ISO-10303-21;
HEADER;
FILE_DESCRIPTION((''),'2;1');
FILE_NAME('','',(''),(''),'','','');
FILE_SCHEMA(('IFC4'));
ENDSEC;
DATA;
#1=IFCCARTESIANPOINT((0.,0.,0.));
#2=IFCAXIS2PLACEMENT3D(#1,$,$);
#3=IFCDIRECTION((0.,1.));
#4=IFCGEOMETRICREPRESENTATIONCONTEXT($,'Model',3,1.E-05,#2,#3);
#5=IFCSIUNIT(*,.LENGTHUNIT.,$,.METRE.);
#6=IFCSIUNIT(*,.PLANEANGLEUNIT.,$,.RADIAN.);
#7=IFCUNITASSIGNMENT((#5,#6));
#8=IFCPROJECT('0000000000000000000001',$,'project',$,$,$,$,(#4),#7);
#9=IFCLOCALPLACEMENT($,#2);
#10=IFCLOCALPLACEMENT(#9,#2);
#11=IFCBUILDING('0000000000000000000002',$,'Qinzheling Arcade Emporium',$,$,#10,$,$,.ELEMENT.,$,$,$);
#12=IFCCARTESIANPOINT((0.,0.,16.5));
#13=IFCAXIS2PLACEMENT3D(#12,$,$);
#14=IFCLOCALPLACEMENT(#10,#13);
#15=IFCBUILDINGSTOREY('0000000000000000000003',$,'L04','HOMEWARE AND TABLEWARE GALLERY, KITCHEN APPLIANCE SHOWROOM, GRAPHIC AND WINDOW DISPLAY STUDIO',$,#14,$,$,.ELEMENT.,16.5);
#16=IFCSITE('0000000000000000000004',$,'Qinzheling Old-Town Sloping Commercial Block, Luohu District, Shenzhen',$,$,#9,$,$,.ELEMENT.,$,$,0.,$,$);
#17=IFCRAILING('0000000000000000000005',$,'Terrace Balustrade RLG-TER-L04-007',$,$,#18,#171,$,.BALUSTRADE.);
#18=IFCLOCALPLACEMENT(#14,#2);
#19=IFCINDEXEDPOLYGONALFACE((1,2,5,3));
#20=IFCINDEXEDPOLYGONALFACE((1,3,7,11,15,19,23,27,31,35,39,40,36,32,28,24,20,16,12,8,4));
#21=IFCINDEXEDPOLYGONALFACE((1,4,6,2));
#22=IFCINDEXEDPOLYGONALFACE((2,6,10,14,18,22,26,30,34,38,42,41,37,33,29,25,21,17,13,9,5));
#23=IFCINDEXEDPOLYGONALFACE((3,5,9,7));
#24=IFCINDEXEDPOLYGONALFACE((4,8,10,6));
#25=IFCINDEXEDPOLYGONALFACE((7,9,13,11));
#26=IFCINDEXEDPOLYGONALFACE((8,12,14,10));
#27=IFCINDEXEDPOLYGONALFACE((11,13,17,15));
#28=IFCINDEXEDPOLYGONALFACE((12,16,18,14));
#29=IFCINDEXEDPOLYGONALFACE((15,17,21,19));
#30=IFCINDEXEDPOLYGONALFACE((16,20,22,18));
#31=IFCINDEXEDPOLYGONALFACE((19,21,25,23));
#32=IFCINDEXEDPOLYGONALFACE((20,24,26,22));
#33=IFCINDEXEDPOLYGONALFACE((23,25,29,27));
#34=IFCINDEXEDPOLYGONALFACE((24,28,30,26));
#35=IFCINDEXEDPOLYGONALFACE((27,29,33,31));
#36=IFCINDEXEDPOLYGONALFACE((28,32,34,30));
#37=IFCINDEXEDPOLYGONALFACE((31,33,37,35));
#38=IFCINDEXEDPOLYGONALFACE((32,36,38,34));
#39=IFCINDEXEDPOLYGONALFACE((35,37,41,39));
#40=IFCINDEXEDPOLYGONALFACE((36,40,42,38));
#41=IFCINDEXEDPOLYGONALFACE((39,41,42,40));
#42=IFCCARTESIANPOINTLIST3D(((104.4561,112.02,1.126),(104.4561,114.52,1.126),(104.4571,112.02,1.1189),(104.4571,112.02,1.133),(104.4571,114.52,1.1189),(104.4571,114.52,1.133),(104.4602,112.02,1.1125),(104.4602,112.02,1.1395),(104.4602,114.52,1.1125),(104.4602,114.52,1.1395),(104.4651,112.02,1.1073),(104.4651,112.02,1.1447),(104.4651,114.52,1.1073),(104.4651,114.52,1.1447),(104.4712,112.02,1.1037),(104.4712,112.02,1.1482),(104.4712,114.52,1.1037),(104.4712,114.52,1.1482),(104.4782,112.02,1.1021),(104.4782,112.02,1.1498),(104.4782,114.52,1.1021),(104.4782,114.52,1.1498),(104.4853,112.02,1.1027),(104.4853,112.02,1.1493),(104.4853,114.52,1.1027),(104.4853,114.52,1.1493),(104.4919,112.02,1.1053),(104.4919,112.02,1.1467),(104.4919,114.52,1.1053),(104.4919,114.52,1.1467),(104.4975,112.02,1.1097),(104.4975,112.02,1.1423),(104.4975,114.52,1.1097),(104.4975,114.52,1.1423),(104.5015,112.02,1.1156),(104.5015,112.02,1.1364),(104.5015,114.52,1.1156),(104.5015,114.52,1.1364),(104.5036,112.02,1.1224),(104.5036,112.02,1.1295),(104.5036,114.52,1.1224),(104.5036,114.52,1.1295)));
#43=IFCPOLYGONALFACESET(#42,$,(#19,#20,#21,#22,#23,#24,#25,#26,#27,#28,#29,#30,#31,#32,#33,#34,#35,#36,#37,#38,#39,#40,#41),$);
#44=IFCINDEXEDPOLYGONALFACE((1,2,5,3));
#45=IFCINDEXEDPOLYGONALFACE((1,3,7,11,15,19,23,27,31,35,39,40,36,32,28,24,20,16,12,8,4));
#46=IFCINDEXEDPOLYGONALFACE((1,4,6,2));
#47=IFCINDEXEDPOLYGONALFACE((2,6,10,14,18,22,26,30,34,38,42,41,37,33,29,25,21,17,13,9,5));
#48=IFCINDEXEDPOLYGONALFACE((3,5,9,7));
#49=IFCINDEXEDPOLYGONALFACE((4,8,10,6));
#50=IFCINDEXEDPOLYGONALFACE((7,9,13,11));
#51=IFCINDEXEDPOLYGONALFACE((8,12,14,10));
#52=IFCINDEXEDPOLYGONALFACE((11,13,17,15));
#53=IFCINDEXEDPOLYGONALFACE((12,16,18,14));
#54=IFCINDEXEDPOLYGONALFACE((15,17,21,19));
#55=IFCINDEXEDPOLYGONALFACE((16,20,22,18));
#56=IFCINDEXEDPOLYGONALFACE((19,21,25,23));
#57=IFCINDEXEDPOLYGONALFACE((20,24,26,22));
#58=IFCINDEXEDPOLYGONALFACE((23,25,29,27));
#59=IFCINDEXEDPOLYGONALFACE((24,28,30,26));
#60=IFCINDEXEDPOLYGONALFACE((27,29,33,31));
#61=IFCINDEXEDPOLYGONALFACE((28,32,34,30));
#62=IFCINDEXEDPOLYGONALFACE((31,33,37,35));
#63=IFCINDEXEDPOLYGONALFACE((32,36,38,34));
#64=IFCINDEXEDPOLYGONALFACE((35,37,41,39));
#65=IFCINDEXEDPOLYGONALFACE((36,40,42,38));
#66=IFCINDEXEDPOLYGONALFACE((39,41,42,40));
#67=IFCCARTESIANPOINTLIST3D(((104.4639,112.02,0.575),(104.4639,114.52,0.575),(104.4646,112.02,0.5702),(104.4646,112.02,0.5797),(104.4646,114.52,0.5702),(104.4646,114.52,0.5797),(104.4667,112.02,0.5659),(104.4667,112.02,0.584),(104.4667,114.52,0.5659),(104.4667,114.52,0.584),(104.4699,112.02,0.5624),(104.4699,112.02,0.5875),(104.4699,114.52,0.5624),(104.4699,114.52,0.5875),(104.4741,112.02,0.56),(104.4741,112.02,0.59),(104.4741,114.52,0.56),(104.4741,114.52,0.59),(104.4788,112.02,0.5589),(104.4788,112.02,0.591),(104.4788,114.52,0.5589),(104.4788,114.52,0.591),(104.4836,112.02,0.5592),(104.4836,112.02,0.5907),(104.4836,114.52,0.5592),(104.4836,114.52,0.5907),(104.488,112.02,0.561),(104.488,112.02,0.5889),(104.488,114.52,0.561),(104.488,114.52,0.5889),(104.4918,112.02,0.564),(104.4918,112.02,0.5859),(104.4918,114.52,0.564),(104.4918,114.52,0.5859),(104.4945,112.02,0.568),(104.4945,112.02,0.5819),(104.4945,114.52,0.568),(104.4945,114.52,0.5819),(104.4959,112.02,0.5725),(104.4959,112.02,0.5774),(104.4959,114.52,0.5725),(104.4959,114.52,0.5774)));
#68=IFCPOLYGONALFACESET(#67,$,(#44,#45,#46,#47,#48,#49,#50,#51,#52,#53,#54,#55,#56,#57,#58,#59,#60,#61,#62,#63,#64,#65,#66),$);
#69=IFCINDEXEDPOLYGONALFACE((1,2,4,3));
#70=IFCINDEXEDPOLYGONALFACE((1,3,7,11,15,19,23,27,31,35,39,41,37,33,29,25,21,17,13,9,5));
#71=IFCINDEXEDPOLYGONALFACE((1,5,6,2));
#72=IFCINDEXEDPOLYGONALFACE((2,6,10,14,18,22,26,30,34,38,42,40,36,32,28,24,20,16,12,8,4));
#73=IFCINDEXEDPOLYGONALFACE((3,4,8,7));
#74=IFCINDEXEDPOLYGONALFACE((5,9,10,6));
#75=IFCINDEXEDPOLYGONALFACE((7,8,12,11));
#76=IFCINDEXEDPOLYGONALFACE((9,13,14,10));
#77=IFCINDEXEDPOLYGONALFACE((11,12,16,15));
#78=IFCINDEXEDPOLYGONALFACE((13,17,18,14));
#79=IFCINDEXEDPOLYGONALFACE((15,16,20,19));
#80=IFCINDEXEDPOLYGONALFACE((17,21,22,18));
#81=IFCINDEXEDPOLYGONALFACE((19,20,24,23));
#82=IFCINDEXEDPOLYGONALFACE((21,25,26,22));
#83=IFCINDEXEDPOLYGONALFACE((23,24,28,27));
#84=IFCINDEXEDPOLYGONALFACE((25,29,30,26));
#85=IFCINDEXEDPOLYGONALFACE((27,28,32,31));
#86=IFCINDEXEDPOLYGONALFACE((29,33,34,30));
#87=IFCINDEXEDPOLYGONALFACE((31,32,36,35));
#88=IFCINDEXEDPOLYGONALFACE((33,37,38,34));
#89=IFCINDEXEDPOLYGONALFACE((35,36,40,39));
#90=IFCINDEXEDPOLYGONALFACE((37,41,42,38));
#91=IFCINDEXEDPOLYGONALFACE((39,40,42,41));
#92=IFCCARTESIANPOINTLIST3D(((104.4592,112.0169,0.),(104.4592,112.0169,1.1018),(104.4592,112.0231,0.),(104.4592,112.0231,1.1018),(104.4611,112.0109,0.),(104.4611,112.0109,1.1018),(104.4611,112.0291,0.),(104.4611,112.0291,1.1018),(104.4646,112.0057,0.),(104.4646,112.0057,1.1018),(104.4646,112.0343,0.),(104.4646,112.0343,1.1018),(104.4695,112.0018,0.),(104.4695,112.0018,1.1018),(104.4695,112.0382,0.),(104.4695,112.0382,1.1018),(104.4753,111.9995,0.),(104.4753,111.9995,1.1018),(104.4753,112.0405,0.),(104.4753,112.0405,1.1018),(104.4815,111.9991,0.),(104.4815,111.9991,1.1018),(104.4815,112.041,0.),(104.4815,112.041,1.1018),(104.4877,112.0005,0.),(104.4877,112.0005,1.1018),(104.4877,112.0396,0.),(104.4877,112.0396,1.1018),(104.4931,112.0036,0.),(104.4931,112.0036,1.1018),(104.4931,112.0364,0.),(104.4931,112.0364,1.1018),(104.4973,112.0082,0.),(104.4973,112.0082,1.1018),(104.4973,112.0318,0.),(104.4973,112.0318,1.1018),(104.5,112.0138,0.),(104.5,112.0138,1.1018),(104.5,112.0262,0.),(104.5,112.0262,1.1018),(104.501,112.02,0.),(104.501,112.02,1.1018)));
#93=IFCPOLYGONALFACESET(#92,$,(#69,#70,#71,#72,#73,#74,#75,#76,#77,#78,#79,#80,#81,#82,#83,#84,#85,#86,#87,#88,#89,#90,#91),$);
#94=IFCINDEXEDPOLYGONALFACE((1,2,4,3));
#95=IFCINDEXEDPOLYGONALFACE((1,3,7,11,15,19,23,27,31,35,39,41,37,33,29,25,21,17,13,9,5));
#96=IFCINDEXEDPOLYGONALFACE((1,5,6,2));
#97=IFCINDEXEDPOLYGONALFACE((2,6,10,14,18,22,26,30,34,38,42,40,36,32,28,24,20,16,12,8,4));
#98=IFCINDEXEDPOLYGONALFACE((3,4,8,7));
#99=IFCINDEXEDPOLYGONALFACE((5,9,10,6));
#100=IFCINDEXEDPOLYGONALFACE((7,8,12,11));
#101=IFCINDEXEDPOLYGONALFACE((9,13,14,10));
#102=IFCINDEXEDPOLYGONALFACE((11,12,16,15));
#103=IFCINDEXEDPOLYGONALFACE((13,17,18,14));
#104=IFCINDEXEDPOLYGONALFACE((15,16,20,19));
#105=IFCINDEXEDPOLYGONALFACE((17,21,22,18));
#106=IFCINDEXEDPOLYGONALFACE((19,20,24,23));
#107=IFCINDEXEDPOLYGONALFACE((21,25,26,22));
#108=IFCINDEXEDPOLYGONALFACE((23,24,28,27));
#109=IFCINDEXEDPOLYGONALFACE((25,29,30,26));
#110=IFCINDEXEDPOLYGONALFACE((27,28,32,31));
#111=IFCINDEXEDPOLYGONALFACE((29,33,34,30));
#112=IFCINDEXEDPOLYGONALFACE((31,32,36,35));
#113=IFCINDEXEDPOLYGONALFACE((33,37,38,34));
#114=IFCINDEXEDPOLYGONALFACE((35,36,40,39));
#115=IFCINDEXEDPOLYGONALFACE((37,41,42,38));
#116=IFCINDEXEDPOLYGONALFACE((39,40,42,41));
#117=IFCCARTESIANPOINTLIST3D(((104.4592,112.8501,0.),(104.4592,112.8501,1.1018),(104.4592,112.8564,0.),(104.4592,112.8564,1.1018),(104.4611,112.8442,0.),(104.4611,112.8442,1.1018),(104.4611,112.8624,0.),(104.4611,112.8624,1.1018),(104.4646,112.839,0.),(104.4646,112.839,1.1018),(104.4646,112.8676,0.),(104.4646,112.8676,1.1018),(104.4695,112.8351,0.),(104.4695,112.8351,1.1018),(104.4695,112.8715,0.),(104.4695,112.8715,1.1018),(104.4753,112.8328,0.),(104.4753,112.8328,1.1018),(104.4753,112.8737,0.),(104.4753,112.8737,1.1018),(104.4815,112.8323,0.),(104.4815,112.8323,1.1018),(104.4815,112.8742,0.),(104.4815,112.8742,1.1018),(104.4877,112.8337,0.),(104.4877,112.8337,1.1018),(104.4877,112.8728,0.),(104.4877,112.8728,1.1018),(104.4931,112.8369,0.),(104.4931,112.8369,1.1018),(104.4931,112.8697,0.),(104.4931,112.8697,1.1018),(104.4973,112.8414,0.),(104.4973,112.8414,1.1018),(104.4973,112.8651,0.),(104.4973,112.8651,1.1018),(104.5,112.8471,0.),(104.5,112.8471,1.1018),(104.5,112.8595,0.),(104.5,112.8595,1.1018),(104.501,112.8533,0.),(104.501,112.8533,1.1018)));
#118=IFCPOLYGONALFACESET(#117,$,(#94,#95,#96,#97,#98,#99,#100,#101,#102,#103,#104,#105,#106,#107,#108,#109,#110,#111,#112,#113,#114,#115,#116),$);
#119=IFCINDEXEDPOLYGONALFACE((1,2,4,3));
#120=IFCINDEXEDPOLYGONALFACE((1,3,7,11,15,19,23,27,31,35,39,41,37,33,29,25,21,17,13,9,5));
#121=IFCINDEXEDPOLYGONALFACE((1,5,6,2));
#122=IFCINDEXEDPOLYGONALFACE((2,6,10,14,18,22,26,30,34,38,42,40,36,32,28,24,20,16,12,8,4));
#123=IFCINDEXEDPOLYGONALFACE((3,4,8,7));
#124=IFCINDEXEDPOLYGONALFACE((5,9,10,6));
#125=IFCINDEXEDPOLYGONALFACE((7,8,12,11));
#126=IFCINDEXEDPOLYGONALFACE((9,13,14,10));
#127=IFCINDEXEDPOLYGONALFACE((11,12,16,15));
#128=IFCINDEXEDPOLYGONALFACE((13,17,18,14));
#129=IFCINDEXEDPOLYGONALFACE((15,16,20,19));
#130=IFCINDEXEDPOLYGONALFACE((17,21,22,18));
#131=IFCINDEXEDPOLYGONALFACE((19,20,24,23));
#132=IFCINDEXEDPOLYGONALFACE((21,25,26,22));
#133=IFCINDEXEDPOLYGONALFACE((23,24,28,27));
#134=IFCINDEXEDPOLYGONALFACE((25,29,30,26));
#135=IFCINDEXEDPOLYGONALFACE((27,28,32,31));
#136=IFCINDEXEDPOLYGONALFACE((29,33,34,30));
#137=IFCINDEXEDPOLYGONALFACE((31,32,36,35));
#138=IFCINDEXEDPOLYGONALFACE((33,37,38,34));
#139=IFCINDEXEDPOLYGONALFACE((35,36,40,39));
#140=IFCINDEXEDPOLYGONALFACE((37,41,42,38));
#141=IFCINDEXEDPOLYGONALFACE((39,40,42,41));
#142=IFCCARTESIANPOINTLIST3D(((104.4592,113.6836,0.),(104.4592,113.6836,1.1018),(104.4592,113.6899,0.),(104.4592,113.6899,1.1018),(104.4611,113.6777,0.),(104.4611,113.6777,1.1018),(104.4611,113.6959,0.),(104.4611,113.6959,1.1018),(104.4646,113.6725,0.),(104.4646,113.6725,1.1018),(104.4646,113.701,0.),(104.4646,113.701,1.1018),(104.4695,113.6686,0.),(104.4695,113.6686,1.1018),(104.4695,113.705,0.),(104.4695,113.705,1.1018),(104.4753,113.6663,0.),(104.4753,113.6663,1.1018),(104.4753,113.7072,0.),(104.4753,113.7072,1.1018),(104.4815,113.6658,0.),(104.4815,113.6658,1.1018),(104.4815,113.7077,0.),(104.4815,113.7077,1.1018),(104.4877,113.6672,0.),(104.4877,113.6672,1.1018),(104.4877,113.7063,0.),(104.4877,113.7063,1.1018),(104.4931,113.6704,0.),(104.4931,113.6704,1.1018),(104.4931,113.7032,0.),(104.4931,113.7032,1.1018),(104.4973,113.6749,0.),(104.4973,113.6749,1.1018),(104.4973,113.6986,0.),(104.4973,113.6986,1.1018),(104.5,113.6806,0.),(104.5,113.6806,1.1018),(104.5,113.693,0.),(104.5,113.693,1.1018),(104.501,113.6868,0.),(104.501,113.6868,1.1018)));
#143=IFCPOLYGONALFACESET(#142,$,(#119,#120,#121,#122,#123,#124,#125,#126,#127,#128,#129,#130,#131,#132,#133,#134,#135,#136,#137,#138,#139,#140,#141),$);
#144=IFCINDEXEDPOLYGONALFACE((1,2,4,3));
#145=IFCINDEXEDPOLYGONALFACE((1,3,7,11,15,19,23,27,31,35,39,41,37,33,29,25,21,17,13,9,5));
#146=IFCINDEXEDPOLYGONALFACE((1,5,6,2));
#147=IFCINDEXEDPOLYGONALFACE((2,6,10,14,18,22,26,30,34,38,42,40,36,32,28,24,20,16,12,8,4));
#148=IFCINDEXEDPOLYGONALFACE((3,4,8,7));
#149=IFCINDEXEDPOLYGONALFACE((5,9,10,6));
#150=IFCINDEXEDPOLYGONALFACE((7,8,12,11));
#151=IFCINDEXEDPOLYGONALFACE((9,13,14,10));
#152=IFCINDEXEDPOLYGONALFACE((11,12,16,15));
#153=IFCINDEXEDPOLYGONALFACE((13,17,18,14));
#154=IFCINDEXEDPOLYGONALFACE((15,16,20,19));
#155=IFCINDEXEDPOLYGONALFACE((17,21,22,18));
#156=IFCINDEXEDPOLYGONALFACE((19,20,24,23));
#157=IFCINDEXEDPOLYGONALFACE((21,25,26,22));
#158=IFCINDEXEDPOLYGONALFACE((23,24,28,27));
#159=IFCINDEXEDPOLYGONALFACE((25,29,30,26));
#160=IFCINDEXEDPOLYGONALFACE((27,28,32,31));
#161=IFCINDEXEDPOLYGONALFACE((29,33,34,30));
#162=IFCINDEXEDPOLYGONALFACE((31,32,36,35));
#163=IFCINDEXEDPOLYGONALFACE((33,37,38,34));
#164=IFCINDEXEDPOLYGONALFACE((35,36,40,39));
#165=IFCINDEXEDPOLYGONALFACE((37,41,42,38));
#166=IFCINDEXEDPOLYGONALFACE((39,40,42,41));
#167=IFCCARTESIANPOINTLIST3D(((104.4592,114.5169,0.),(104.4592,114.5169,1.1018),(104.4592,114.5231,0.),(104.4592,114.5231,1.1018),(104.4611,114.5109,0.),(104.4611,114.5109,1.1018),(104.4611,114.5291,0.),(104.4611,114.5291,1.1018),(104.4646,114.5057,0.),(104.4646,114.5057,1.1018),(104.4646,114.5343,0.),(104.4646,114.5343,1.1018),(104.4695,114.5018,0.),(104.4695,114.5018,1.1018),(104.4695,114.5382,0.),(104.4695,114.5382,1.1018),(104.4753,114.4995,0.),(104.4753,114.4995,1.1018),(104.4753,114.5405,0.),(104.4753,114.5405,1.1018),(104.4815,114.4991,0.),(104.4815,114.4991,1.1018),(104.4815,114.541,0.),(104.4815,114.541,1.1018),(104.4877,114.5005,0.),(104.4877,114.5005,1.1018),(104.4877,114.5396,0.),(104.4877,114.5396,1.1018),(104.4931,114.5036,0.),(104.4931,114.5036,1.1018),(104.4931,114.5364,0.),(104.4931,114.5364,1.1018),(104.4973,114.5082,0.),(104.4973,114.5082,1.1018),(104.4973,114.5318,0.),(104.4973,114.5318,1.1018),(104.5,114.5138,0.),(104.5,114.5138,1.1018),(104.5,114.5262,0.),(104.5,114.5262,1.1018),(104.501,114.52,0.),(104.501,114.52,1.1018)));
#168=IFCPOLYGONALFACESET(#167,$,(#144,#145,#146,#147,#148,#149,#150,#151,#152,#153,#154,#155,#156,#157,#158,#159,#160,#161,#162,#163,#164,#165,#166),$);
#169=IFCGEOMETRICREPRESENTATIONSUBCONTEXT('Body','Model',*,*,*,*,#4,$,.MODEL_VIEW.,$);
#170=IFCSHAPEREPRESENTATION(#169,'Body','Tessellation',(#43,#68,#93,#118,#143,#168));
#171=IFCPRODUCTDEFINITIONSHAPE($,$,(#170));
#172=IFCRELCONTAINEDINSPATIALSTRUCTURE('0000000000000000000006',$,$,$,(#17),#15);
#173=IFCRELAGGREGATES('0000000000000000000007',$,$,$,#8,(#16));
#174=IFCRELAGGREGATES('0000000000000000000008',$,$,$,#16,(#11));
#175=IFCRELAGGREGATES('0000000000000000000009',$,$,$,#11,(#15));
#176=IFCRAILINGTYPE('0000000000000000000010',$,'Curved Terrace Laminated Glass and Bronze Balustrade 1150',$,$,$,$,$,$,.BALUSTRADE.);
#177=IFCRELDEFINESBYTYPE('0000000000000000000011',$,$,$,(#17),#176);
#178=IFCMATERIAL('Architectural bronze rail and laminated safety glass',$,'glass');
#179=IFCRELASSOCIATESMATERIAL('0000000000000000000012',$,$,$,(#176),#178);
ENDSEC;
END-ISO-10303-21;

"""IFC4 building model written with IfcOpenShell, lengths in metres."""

from ifc_helpers import new_model, si_unit, direction, frame, origin, origin_2d, place, context, subcontext, project, spatial, circle, extrude, material, type_object, element, save


model = new_model("IFC4")

# Units and contexts
model_context = context("Model", 3, precision=1e-05, world=origin(), true_north=direction((0.0, 1.0)))
body_context = subcontext(model_context, "Body", "Model", "MODEL_VIEW")
ifc_project = project(units=[si_unit("LENGTHUNIT", "METRE"), si_unit("PLANEANGLEUNIT", "RADIAN")], contexts=[model_context])

# Site, building, storey
site_placement = place(None, origin())
site = spatial("IfcSite", under=ifc_project, at=site_placement, Name="Qinzheling Old-Town Sloping Commercial Block, Luohu District, Shenzhen", CompositionType="ELEMENT", RefElevation=0.0)
building_placement = place(site_placement, origin())
building = spatial("IfcBuilding", under=site, at=building_placement, Name="Qinzheling Arcade Emporium", CompositionType="ELEMENT")
storey_placement = place(building_placement, frame((0.0, 0.0, 16.5)))
storey = spatial("IfcBuildingStorey", under=building, at=storey_placement, Name="L04", Description="HOMEWARE AND TABLEWARE GALLERY, KITCHEN APPLIANCE SHOWROOM, GRAPHIC AND WINDOW DISPLAY STUDIO", CompositionType="ELEMENT", Elevation=16.5)

# Railing
ifc_material_1 = material(Name="Architectural bronze rail and laminated safety glass", Category="glass")
railing_type = type_object("IfcRailingType", Name="Curved Terrace Laminated Glass and Bronze Balustrade 1150", PredefinedType="BALUSTRADE", material=ifc_material_1)
railing_1_placement = place(storey_placement, frame((104.48, 112.02, 0.0)))
element("IfcRailing", 1, at=railing_1_placement, inside=storey, type_object=railing_type, Name="Terrace Balustrade RLG-TER-L04-007", PredefinedType="BALUSTRADE", context=body_context, shape_type="SweptSolid", body=[
    extrude(circle(Radius=0.0239, at=origin_2d()), frame((0.0, 0.0, 1.126), z_axis=(0.0, 1.0, 0.0), x_axis=(-1.0, 0.0, 0.0)), (0.0, 0.0, 1.0), 2.5),
    extrude(circle(Radius=0.0161, at=origin_2d()), frame((0.0, 0.0, 0.575), z_axis=(0.0, 1.0, 0.0), x_axis=(-1.0, 0.0, 0.0)), (0.0, 0.0, 1.0), 2.5),
    extrude(circle(Radius=0.021, at=origin_2d()), origin(), (0.0, 0.0, 1.0), 1.1018),
    extrude(circle(Radius=0.021, at=origin_2d()), frame((0.0, 0.8333, 0.0)), (0.0, 0.0, 1.0), 1.1018),
    extrude(circle(Radius=0.021, at=origin_2d()), frame((0.0, 1.6667, 0.0)), (0.0, 0.0, 1.0), 1.1018),
    extrude(circle(Radius=0.021, at=origin_2d()), frame((0.0, 2.5, 0.0)), (0.0, 0.0, 1.0), 1.1018),
])

save(model, "model.ifc")
